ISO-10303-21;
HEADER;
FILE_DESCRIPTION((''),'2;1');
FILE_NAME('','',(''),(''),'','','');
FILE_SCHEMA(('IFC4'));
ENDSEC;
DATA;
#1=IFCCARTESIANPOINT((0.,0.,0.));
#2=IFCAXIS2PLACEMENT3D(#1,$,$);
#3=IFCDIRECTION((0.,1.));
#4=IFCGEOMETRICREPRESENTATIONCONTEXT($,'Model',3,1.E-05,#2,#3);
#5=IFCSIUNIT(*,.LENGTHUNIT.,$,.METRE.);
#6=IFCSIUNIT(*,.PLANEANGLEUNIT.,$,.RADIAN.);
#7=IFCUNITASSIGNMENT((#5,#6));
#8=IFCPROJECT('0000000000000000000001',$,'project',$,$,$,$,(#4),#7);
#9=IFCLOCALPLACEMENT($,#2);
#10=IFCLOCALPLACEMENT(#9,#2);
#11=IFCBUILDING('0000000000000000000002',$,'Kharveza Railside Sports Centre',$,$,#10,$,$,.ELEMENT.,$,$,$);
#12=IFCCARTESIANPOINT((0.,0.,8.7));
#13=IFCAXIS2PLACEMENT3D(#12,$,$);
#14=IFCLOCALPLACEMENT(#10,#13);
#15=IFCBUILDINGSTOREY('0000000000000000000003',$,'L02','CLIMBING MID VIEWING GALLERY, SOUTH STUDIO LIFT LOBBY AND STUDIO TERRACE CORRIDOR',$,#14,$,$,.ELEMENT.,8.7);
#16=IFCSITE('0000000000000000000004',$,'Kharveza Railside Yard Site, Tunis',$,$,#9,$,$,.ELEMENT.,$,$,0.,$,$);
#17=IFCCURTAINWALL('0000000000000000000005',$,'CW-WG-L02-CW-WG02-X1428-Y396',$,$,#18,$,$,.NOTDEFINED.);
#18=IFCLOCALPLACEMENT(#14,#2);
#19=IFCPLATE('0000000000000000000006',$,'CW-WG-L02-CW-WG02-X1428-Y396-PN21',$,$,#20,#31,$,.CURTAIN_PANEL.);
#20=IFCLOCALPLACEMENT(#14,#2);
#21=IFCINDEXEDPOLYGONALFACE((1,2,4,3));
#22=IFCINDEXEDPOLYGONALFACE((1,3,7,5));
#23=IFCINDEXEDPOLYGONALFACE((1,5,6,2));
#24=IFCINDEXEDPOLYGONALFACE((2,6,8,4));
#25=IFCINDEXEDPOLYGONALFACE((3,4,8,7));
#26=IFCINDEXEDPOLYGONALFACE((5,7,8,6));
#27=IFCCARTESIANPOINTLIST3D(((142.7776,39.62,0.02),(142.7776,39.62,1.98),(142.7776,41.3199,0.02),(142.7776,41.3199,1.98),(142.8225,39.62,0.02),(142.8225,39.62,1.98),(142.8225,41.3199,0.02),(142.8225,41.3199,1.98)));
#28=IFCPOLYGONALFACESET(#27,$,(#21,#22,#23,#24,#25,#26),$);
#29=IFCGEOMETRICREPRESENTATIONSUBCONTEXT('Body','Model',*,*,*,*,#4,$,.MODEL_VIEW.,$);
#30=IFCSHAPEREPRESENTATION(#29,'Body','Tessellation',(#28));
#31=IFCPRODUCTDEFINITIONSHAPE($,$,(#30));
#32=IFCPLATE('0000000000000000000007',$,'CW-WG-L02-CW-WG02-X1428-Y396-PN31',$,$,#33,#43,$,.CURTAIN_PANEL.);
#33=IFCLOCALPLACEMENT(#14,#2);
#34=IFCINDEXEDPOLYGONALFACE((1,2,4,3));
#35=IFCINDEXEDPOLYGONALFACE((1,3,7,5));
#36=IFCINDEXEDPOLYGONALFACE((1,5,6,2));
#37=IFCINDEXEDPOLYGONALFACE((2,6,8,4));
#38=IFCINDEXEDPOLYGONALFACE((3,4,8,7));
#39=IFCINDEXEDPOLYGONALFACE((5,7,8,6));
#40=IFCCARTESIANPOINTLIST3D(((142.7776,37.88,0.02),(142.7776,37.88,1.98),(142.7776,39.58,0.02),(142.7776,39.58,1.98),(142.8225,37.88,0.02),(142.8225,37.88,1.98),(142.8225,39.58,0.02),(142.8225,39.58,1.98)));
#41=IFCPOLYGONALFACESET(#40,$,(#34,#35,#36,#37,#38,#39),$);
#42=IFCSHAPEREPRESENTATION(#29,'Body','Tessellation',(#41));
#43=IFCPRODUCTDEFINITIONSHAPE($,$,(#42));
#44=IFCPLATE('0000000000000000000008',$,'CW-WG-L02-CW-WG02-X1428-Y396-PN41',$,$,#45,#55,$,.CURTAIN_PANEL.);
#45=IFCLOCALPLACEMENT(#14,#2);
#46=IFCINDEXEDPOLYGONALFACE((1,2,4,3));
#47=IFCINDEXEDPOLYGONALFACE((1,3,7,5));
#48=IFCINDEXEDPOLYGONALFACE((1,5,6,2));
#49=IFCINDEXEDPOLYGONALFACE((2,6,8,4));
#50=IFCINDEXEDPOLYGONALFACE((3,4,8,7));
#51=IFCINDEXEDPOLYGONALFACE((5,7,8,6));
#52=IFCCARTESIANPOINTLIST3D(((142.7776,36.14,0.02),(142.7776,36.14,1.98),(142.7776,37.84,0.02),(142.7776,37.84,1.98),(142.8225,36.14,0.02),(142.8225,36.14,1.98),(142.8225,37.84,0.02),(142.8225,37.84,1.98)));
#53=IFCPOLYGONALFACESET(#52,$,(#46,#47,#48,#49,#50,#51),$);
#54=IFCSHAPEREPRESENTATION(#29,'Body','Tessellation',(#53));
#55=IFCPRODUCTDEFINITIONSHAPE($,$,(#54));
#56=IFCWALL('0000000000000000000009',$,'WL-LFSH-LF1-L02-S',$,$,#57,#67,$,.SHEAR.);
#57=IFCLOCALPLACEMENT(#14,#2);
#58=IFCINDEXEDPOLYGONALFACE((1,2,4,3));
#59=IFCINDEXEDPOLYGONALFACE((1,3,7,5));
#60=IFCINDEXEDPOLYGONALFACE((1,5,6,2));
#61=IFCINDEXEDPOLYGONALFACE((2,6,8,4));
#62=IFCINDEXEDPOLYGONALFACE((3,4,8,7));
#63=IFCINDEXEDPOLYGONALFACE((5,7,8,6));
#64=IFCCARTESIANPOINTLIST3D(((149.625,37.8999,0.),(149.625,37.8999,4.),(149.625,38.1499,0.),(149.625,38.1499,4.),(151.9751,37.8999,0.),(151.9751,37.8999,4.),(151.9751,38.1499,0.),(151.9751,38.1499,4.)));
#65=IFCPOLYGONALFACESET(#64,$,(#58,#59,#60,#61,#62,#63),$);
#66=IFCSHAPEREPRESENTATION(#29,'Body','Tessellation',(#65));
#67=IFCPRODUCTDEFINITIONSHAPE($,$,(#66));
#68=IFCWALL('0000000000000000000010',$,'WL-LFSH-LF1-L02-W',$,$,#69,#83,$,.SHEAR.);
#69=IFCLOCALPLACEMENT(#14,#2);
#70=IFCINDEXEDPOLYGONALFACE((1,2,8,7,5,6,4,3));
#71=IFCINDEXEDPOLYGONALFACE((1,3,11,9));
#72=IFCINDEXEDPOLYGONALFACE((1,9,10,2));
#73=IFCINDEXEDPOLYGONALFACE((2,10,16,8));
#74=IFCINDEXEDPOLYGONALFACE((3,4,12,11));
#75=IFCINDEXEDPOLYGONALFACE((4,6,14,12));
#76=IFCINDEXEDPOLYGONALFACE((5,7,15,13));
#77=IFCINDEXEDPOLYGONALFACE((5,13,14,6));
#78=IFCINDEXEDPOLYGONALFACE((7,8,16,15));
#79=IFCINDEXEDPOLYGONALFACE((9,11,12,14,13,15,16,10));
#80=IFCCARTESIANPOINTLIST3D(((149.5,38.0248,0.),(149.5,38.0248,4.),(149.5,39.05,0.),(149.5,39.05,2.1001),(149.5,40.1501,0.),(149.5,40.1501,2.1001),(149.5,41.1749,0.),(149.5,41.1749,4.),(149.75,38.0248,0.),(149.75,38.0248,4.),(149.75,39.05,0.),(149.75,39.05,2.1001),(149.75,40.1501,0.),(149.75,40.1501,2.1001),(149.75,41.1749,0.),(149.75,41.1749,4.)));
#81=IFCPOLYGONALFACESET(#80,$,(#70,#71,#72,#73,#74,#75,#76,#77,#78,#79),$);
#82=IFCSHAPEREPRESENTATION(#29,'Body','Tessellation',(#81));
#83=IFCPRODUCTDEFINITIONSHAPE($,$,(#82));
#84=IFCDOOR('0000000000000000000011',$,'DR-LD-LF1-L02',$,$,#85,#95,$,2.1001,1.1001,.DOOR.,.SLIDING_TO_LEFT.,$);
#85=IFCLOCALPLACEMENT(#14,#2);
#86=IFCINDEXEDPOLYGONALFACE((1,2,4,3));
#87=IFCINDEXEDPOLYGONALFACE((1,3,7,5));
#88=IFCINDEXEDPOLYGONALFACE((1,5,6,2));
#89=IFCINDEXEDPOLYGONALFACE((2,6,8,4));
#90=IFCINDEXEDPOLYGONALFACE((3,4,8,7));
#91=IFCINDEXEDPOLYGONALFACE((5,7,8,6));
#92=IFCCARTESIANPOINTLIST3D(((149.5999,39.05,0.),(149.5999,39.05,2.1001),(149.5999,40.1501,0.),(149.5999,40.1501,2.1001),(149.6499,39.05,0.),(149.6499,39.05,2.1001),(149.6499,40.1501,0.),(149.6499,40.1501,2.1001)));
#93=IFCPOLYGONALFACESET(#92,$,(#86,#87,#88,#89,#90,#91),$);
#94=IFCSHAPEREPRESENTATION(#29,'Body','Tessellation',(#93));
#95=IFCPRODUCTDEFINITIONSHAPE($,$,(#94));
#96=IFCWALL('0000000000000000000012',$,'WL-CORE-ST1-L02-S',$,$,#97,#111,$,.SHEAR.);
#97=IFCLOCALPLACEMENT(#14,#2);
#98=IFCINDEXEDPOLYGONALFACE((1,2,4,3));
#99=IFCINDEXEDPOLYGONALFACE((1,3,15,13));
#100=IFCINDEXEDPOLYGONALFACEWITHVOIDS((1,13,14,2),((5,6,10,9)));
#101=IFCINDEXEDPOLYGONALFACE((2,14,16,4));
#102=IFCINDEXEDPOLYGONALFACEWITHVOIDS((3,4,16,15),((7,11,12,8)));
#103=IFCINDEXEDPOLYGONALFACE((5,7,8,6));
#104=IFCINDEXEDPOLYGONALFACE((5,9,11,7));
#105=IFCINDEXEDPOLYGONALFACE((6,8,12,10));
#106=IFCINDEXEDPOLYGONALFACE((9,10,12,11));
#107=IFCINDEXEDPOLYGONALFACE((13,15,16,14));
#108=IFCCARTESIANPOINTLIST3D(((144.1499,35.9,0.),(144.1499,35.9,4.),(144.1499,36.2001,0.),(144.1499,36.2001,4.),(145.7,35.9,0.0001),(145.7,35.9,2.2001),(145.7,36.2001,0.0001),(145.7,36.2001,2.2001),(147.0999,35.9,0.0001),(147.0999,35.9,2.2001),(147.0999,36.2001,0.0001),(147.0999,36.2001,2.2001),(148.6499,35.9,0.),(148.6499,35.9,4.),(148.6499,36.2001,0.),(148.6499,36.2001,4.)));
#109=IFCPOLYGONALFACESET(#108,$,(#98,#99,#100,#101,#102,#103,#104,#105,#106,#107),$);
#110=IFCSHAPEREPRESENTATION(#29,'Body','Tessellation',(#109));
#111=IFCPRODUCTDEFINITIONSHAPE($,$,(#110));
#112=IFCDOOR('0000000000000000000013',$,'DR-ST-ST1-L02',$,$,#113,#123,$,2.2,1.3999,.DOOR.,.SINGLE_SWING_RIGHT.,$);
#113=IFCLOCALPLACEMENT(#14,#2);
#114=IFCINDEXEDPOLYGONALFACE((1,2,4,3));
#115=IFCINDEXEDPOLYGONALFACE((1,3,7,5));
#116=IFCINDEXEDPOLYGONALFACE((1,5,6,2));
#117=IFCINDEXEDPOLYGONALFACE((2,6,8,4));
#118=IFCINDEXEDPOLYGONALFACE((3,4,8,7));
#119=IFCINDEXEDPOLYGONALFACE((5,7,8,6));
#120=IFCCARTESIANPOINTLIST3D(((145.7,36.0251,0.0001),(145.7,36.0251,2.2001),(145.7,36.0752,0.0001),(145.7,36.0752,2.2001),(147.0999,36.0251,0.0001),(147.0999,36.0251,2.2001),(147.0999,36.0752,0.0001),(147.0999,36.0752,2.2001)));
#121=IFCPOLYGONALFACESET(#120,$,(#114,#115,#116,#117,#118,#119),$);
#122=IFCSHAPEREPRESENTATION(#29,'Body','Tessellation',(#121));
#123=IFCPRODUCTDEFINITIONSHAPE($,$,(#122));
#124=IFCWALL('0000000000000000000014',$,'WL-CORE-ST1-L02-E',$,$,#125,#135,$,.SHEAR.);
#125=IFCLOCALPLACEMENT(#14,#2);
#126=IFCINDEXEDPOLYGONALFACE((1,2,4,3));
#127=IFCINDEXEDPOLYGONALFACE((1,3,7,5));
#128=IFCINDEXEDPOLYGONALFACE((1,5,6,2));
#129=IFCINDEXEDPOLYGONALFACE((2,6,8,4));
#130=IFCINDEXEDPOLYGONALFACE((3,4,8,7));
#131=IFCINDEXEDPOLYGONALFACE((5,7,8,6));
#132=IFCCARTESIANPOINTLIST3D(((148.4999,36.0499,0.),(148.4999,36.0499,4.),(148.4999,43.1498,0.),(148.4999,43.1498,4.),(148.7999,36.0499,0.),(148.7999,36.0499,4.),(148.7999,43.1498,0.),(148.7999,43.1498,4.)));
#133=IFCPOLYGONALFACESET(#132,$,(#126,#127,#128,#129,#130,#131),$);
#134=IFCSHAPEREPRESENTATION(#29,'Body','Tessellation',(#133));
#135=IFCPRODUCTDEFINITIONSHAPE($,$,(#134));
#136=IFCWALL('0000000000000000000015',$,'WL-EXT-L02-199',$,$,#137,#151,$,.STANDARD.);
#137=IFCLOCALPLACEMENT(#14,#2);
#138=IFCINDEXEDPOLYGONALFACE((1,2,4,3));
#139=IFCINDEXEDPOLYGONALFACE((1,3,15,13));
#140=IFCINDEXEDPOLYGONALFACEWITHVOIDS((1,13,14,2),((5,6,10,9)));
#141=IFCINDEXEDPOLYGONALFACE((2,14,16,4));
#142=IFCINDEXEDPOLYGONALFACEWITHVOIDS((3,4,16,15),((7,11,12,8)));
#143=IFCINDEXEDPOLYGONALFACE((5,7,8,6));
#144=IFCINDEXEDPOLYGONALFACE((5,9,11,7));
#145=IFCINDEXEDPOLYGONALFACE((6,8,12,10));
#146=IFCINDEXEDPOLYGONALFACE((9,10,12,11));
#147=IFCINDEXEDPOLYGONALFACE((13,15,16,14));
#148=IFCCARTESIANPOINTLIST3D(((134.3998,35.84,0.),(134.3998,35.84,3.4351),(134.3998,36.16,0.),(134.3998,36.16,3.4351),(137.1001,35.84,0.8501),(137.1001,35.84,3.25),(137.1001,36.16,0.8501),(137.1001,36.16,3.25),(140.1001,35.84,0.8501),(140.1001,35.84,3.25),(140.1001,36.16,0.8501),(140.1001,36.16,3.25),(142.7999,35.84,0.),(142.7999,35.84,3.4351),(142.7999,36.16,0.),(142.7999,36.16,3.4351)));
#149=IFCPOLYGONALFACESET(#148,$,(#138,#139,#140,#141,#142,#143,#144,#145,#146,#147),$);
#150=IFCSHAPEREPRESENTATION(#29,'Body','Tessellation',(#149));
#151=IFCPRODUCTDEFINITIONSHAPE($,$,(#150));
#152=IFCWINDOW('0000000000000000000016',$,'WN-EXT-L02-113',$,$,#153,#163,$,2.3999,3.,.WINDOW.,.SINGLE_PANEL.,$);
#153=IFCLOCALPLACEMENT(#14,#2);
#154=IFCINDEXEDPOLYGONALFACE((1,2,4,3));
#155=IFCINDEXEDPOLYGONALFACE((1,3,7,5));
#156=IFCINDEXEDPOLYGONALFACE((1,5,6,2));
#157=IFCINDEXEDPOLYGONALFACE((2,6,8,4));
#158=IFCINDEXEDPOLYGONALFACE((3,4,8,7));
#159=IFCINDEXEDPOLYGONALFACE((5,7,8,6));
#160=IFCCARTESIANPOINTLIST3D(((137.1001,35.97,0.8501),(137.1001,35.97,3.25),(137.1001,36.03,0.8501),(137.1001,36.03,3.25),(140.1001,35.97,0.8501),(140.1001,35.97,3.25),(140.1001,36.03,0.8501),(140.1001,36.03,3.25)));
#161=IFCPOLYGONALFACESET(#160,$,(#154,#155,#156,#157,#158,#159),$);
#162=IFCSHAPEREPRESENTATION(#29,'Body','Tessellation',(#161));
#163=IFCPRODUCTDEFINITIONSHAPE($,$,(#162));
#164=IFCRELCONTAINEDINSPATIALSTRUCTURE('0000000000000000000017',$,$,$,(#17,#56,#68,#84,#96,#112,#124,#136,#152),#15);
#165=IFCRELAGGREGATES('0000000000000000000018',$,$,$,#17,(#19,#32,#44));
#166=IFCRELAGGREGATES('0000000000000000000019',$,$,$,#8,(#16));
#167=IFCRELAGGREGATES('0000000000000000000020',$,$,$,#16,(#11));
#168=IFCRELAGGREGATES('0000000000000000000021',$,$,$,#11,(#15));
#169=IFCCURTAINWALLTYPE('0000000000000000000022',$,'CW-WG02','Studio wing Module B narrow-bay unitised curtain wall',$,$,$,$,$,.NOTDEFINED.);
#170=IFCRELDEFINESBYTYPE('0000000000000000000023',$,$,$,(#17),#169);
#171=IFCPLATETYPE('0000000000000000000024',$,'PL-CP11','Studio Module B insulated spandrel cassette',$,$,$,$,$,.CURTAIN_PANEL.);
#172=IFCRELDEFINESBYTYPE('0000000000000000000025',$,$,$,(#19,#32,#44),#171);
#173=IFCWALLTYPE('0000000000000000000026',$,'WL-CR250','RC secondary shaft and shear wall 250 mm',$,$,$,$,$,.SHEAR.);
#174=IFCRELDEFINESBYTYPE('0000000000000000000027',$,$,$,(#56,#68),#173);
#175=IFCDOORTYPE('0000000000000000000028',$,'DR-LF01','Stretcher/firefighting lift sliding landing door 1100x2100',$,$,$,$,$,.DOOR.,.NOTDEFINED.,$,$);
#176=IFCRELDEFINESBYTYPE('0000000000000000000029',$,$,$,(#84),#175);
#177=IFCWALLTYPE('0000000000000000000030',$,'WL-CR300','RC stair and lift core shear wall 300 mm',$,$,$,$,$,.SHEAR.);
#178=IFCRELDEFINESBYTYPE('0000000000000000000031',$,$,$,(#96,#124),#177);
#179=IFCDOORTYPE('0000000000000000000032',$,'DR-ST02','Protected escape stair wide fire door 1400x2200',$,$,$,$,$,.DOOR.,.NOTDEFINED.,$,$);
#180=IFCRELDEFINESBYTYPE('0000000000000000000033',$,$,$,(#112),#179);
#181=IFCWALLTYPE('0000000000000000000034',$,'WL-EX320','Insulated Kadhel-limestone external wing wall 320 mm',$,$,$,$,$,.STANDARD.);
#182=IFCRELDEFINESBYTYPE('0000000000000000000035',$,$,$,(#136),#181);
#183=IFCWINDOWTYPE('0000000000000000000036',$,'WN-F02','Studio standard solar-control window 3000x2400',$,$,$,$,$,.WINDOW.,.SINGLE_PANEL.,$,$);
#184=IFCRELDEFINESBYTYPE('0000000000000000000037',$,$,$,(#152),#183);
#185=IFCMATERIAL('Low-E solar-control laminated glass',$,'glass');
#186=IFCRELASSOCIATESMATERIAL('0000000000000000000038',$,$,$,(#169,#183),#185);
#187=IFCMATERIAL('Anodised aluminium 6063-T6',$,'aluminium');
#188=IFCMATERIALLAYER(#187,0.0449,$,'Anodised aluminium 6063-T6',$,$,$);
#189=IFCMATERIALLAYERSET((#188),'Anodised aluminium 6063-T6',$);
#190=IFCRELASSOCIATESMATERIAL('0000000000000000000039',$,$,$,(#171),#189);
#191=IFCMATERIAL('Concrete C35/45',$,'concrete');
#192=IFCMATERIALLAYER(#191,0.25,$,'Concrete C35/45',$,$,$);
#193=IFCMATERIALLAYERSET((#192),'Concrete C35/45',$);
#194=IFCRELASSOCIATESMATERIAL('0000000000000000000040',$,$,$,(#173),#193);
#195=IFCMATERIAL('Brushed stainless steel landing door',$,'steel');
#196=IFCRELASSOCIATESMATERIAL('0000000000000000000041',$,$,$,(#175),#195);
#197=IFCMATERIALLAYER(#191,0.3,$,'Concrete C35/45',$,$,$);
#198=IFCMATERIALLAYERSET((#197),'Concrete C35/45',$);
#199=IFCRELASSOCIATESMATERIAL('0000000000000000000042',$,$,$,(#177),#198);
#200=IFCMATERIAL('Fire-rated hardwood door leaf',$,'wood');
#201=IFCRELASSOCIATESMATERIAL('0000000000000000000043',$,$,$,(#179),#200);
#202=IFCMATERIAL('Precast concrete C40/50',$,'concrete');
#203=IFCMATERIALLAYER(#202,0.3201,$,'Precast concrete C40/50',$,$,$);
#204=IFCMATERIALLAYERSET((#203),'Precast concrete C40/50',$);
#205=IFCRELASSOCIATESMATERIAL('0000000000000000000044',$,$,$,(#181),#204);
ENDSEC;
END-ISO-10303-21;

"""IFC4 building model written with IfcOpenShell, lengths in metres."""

from ifc_helpers import new_model, si_unit, direction, frame, frame_2d, origin, origin_2d, place, context, subcontext, project, spatial, rectangle, extrude, material, layer, layer_set, type_object, element, fill, aggregate, save


model = new_model("IFC4")

# Units and contexts
model_context = context("Model", 3, precision=1e-05, world=origin(), true_north=direction((0.0, 1.0)))
body_context = subcontext(model_context, "Body", "Model", "MODEL_VIEW")
ifc_project = project(units=[si_unit("LENGTHUNIT", "METRE"), si_unit("PLANEANGLEUNIT", "RADIAN")], contexts=[model_context])

# Site, building, storey
site_placement = place(None, origin())
site = spatial("IfcSite", under=ifc_project, at=site_placement, Name="Kharveza Railside Yard Site, Tunis", CompositionType="ELEMENT", RefElevation=0.0)
building_placement = place(site_placement, origin())
building = spatial("IfcBuilding", under=site, at=building_placement, Name="Kharveza Railside Sports Centre", CompositionType="ELEMENT")
storey_placement = place(building_placement, frame((0.0, 0.0, 8.7)))
storey = spatial("IfcBuildingStorey", under=building, at=storey_placement, Name="L02", Description="CLIMBING MID VIEWING GALLERY, SOUTH STUDIO LIFT LOBBY AND STUDIO TERRACE CORRIDOR", CompositionType="ELEMENT", Elevation=8.7)

# Curtain wall, plates
ifc_material_1 = material(Name="Low-E solar-control laminated glass", Category="glass")
curtain_wall_type = type_object("IfcCurtainWallType", Name="CW-WG02", Description="Studio wing Module B narrow-bay unitised curtain wall", PredefinedType="NOTDEFINED", material=ifc_material_1)
curtain_wall_placement = place(storey_placement, origin())
curtain_wall = element("IfcCurtainWall", 1, at=curtain_wall_placement, inside=storey, type_object=curtain_wall_type, Name="CW-WG-L02-CW-WG02-X1428-Y396", PredefinedType="NOTDEFINED")
ifc_material_2 = material(Name="Anodised aluminium 6063-T6", Category="aluminium")
ifc_layer_1 = layer(ifc_material_2, 0.0449, Name="Anodised aluminium 6063-T6")
ifc_layer_set_1 = layer_set([ifc_layer_1], Name="Anodised aluminium 6063-T6")
plate_type_1 = type_object("IfcPlateType", Name="PL-CP11", Description="Studio Module B insulated spandrel cassette", PredefinedType="CURTAIN_PANEL", material=ifc_layer_set_1)
plate_1_placement = place(storey_placement, frame((142.8, 40.47, 0.02), z_axis=(0.0, 0.0, 1.0), x_axis=(0.0, -1.0, 0.0)))
plate_1 = element("IfcPlate", 2, at=plate_1_placement, type_object=plate_type_1, Name="CW-WG-L02-CW-WG02-X1428-Y396-PN21", PredefinedType="CURTAIN_PANEL", context=body_context, shape_type="SweptSolid", body=[
    extrude(rectangle(XDim=1.7, YDim=0.0449, at=origin_2d()), origin(), (0.0, 0.0, 1.0), 1.96),
])
plate_2_placement = place(storey_placement, frame((142.8, 38.73, 0.02), z_axis=(0.0, 0.0, 1.0), x_axis=(0.0, -1.0, 0.0)))
plate_2 = element("IfcPlate", 3, at=plate_2_placement, type_object=plate_type_1, Name="CW-WG-L02-CW-WG02-X1428-Y396-PN31", PredefinedType="CURTAIN_PANEL", context=body_context, shape_type="SweptSolid", body=[
    extrude(rectangle(XDim=1.7, YDim=0.0449, at=origin_2d()), origin(), (0.0, 0.0, 1.0), 1.96),
])
plate_3_placement = place(storey_placement, frame((142.8, 36.99, 0.02), z_axis=(0.0, 0.0, 1.0), x_axis=(0.0, -1.0, 0.0)))
plate_3 = element("IfcPlate", 4, at=plate_3_placement, type_object=plate_type_1, Name="CW-WG-L02-CW-WG02-X1428-Y396-PN41", PredefinedType="CURTAIN_PANEL", context=body_context, shape_type="SweptSolid", body=[
    extrude(rectangle(XDim=1.7, YDim=0.0449, at=origin_2d()), origin(), (0.0, 0.0, 1.0), 1.96),
])
aggregate(curtain_wall, [plate_1, plate_2, plate_3])

# Wall
ifc_material_3 = material(Name="Concrete C35/45", Category="concrete")
ifc_layer_2 = layer(ifc_material_3, 0.25, Name="Concrete C35/45")
ifc_layer_set_2 = layer_set([ifc_layer_2], Name="Concrete C35/45")
wall_type_1 = type_object("IfcWallType", Name="WL-CR250", Description="RC secondary shaft and shear wall 250 mm", PredefinedType="SHEAR", material=ifc_layer_set_2)
wall_1_placement = place(storey_placement, frame((149.625, 38.0249, 0.0), z_axis=(0.0, 0.0, 1.0), x_axis=(1.0, 0.0, 0.0)))
element("IfcWall", 5, at=wall_1_placement, inside=storey, type_object=wall_type_1, Name="WL-LFSH-LF1-L02-S", PredefinedType="SHEAR", context=body_context, shape_type="SweptSolid", body=[
    extrude(rectangle(XDim=2.3501, YDim=0.25, at=frame_2d((1.175, 0.0))), origin(), (0.0, 0.0, 1.0), 4.0),
])

# Walls, openings, doors
wall_2_placement = place(storey_placement, frame((149.625, 41.175, 0.0), z_axis=(0.0, 0.0, 1.0), x_axis=(0.0, -1.0, 0.0)))
wall_2 = element("IfcWall", 6, at=wall_2_placement, inside=storey, type_object=wall_type_1, Name="WL-LFSH-LF1-L02-W", PredefinedType="SHEAR", context=body_context, shape_type="SweptSolid", body=[
    extrude(rectangle(XDim=3.1501, YDim=0.25, at=frame_2d((1.5752, 0.0))), origin(), (0.0, 0.0, 1.0), 4.0),
])
opening_1_placement = place(wall_2_placement, frame((1.0249, 0.0, 0.0)))
opening_1 = element("IfcOpeningElement", 7, at=opening_1_placement, cuts=wall_2, PredefinedType="OPENING", context=body_context, shape_type="SweptSolid", body=[
    extrude(rectangle(XDim=1.1001, YDim=2.1001, at=frame_2d((0.55, 1.05))), frame((0.0, 0.1499, 0.0), z_axis=(0.0, -1.0, 0.0), x_axis=(1.0, 0.0, 0.0)), (0.0, 0.0, 1.0), 0.2998),
])
ifc_material_4 = material(Name="Brushed stainless steel landing door", Category="steel")
door_type_1 = type_object("IfcDoorType", Name="DR-LF01", Description="Stretcher/firefighting lift sliding landing door 1100x2100", OperationType="NOTDEFINED", PredefinedType="DOOR", material=ifc_material_4)
door_1_placement = place(opening_1_placement, origin())
door_1 = element("IfcDoor", 8, at=door_1_placement, inside=storey, type_object=door_type_1, Name="DR-LD-LF1-L02", OperationType="SLIDING_TO_LEFT", OverallHeight=2.1001, OverallWidth=1.1001, PredefinedType="DOOR", context=body_context, shape_type="SweptSolid", body=[
    extrude(rectangle(XDim=1.1001, YDim=2.1001, at=frame_2d((0.55, 1.05))), frame((0.0, 0.0249, 0.0), z_axis=(0.0, -1.0, 0.0), x_axis=(1.0, 0.0, 0.0)), (0.0, 0.0, 1.0), 0.05),
])
fill(opening_1, door_1)
ifc_layer_3 = layer(ifc_material_3, 0.3, Name="Concrete C35/45")
ifc_layer_set_3 = layer_set([ifc_layer_3], Name="Concrete C35/45")
wall_type_2 = type_object("IfcWallType", Name="WL-CR300", Description="RC stair and lift core shear wall 300 mm", PredefinedType="SHEAR", material=ifc_layer_set_3)
wall_3_placement = place(storey_placement, frame((144.1499, 36.05, 0.0), z_axis=(0.0, 0.0, 1.0), x_axis=(1.0, 0.0, 0.0)))
wall_3 = element("IfcWall", 9, at=wall_3_placement, inside=storey, type_object=wall_type_2, Name="WL-CORE-ST1-L02-S", PredefinedType="SHEAR", context=body_context, shape_type="SweptSolid", body=[
    extrude(rectangle(XDim=4.5, YDim=0.3, at=frame_2d((2.25, 0.0))), origin(), (0.0, 0.0, 1.0), 4.0),
])
opening_2_placement = place(wall_3_placement, frame((1.55, 0.0, 0.0)))
opening_2 = element("IfcOpeningElement", 10, at=opening_2_placement, cuts=wall_3, PredefinedType="OPENING", context=body_context, shape_type="SweptSolid", body=[
    extrude(rectangle(XDim=1.3999, YDim=2.2, at=frame_2d((0.7, 1.1001))), frame((0.0, 0.1748, 0.0), z_axis=(0.0, -1.0, 0.0), x_axis=(1.0, 0.0, 0.0)), (0.0, 0.0, 1.0), 0.3499),
])
ifc_material_5 = material(Name="Fire-rated hardwood door leaf", Category="wood")
door_type_2 = type_object("IfcDoorType", Name="DR-ST02", Description="Protected escape stair wide fire door 1400x2200", OperationType="NOTDEFINED", PredefinedType="DOOR", material=ifc_material_5)
door_2_placement = place(opening_2_placement, frame((1.3999, 0.0, 0.0), z_axis=(0.0, 0.0, 1.0), x_axis=(-1.0, 0.0, 0.0)))
door_2 = element("IfcDoor", 11, at=door_2_placement, inside=storey, type_object=door_type_2, Name="DR-ST-ST1-L02", OperationType="SINGLE_SWING_RIGHT", OverallHeight=2.2, OverallWidth=1.3999, PredefinedType="DOOR", context=body_context, shape_type="SweptSolid", body=[
    extrude(rectangle(XDim=1.3999, YDim=2.2, at=frame_2d((0.7, 1.1001))), frame((0.0, 0.0249, 0.0), z_axis=(0.0, -1.0, 0.0), x_axis=(1.0, 0.0, 0.0)), (0.0, 0.0, 1.0), 0.05),
])
fill(opening_2, door_2)

# Wall
wall_4_placement = place(storey_placement, frame((148.6499, 36.05, 0.0), z_axis=(0.0, 0.0, 1.0), x_axis=(0.0, 1.0, 0.0)))
element("IfcWall", 12, at=wall_4_placement, inside=storey, type_object=wall_type_2, Name="WL-CORE-ST1-L02-E", PredefinedType="SHEAR", context=body_context, shape_type="SweptSolid", body=[
    extrude(rectangle(XDim=7.0999, YDim=0.3, at=frame_2d((3.5498, 0.0))), origin(), (0.0, 0.0, 1.0), 4.0),
])

# Wall, opening, window
ifc_material_6 = material(Name="Precast concrete C40/50", Category="concrete")
ifc_layer_4 = layer(ifc_material_6, 0.3201, Name="Precast concrete C40/50")
ifc_layer_set_4 = layer_set([ifc_layer_4], Name="Precast concrete C40/50")
wall_type_3 = type_object("IfcWallType", Name="WL-EX320", Description="Insulated Kadhel-limestone external wing wall 320 mm", PredefinedType="STANDARD", material=ifc_layer_set_4)
wall_5_placement = place(storey_placement, frame((142.8, 36.0, 0.0), z_axis=(0.0, 0.0, 1.0), x_axis=(-1.0, 0.0, 0.0)))
wall_5 = element("IfcWall", 13, at=wall_5_placement, inside=storey, type_object=wall_type_3, Name="WL-EXT-L02-199", PredefinedType="STANDARD", context=body_context, shape_type="SweptSolid", body=[
    extrude(rectangle(XDim=8.4001, YDim=0.3201, at=frame_2d((4.2002, 0.0))), origin(), (0.0, 0.0, 1.0), 3.4351),
])
opening_3_placement = place(wall_5_placement, frame((2.7, 0.0, 0.8501)))
opening_3 = element("IfcOpeningElement", 14, at=opening_3_placement, cuts=wall_5, PredefinedType="OPENING", context=body_context, shape_type="SweptSolid", body=[
    extrude(rectangle(XDim=3.0, YDim=2.3999, at=frame_2d((1.5, 1.2))), frame((0.0, 0.1851, 0.0), z_axis=(0.0, -1.0, 0.0), x_axis=(1.0, 0.0, 0.0)), (0.0, 0.0, 1.0), 0.3699),
])
window_type = type_object("IfcWindowType", Name="WN-F02", Description="Studio standard solar-control window 3000x2400", PartitioningType="SINGLE_PANEL", PredefinedType="WINDOW", material=ifc_material_1)
window_placement = place(opening_3_placement, origin())
window = element("IfcWindow", 15, at=window_placement, inside=storey, type_object=window_type, Name="WN-EXT-L02-113", OverallHeight=2.3999, OverallWidth=3.0, PartitioningType="SINGLE_PANEL", PredefinedType="WINDOW", context=body_context, shape_type="SweptSolid", body=[
    extrude(rectangle(XDim=3.0, YDim=2.3999, at=frame_2d((1.5, 1.2))), frame((0.0, 0.03, 0.0), z_axis=(0.0, -1.0, 0.0), x_axis=(1.0, 0.0, 0.0)), (0.0, 0.0, 1.0), 0.0601),
])
fill(opening_3, window)

save(model, "model.ifc")
